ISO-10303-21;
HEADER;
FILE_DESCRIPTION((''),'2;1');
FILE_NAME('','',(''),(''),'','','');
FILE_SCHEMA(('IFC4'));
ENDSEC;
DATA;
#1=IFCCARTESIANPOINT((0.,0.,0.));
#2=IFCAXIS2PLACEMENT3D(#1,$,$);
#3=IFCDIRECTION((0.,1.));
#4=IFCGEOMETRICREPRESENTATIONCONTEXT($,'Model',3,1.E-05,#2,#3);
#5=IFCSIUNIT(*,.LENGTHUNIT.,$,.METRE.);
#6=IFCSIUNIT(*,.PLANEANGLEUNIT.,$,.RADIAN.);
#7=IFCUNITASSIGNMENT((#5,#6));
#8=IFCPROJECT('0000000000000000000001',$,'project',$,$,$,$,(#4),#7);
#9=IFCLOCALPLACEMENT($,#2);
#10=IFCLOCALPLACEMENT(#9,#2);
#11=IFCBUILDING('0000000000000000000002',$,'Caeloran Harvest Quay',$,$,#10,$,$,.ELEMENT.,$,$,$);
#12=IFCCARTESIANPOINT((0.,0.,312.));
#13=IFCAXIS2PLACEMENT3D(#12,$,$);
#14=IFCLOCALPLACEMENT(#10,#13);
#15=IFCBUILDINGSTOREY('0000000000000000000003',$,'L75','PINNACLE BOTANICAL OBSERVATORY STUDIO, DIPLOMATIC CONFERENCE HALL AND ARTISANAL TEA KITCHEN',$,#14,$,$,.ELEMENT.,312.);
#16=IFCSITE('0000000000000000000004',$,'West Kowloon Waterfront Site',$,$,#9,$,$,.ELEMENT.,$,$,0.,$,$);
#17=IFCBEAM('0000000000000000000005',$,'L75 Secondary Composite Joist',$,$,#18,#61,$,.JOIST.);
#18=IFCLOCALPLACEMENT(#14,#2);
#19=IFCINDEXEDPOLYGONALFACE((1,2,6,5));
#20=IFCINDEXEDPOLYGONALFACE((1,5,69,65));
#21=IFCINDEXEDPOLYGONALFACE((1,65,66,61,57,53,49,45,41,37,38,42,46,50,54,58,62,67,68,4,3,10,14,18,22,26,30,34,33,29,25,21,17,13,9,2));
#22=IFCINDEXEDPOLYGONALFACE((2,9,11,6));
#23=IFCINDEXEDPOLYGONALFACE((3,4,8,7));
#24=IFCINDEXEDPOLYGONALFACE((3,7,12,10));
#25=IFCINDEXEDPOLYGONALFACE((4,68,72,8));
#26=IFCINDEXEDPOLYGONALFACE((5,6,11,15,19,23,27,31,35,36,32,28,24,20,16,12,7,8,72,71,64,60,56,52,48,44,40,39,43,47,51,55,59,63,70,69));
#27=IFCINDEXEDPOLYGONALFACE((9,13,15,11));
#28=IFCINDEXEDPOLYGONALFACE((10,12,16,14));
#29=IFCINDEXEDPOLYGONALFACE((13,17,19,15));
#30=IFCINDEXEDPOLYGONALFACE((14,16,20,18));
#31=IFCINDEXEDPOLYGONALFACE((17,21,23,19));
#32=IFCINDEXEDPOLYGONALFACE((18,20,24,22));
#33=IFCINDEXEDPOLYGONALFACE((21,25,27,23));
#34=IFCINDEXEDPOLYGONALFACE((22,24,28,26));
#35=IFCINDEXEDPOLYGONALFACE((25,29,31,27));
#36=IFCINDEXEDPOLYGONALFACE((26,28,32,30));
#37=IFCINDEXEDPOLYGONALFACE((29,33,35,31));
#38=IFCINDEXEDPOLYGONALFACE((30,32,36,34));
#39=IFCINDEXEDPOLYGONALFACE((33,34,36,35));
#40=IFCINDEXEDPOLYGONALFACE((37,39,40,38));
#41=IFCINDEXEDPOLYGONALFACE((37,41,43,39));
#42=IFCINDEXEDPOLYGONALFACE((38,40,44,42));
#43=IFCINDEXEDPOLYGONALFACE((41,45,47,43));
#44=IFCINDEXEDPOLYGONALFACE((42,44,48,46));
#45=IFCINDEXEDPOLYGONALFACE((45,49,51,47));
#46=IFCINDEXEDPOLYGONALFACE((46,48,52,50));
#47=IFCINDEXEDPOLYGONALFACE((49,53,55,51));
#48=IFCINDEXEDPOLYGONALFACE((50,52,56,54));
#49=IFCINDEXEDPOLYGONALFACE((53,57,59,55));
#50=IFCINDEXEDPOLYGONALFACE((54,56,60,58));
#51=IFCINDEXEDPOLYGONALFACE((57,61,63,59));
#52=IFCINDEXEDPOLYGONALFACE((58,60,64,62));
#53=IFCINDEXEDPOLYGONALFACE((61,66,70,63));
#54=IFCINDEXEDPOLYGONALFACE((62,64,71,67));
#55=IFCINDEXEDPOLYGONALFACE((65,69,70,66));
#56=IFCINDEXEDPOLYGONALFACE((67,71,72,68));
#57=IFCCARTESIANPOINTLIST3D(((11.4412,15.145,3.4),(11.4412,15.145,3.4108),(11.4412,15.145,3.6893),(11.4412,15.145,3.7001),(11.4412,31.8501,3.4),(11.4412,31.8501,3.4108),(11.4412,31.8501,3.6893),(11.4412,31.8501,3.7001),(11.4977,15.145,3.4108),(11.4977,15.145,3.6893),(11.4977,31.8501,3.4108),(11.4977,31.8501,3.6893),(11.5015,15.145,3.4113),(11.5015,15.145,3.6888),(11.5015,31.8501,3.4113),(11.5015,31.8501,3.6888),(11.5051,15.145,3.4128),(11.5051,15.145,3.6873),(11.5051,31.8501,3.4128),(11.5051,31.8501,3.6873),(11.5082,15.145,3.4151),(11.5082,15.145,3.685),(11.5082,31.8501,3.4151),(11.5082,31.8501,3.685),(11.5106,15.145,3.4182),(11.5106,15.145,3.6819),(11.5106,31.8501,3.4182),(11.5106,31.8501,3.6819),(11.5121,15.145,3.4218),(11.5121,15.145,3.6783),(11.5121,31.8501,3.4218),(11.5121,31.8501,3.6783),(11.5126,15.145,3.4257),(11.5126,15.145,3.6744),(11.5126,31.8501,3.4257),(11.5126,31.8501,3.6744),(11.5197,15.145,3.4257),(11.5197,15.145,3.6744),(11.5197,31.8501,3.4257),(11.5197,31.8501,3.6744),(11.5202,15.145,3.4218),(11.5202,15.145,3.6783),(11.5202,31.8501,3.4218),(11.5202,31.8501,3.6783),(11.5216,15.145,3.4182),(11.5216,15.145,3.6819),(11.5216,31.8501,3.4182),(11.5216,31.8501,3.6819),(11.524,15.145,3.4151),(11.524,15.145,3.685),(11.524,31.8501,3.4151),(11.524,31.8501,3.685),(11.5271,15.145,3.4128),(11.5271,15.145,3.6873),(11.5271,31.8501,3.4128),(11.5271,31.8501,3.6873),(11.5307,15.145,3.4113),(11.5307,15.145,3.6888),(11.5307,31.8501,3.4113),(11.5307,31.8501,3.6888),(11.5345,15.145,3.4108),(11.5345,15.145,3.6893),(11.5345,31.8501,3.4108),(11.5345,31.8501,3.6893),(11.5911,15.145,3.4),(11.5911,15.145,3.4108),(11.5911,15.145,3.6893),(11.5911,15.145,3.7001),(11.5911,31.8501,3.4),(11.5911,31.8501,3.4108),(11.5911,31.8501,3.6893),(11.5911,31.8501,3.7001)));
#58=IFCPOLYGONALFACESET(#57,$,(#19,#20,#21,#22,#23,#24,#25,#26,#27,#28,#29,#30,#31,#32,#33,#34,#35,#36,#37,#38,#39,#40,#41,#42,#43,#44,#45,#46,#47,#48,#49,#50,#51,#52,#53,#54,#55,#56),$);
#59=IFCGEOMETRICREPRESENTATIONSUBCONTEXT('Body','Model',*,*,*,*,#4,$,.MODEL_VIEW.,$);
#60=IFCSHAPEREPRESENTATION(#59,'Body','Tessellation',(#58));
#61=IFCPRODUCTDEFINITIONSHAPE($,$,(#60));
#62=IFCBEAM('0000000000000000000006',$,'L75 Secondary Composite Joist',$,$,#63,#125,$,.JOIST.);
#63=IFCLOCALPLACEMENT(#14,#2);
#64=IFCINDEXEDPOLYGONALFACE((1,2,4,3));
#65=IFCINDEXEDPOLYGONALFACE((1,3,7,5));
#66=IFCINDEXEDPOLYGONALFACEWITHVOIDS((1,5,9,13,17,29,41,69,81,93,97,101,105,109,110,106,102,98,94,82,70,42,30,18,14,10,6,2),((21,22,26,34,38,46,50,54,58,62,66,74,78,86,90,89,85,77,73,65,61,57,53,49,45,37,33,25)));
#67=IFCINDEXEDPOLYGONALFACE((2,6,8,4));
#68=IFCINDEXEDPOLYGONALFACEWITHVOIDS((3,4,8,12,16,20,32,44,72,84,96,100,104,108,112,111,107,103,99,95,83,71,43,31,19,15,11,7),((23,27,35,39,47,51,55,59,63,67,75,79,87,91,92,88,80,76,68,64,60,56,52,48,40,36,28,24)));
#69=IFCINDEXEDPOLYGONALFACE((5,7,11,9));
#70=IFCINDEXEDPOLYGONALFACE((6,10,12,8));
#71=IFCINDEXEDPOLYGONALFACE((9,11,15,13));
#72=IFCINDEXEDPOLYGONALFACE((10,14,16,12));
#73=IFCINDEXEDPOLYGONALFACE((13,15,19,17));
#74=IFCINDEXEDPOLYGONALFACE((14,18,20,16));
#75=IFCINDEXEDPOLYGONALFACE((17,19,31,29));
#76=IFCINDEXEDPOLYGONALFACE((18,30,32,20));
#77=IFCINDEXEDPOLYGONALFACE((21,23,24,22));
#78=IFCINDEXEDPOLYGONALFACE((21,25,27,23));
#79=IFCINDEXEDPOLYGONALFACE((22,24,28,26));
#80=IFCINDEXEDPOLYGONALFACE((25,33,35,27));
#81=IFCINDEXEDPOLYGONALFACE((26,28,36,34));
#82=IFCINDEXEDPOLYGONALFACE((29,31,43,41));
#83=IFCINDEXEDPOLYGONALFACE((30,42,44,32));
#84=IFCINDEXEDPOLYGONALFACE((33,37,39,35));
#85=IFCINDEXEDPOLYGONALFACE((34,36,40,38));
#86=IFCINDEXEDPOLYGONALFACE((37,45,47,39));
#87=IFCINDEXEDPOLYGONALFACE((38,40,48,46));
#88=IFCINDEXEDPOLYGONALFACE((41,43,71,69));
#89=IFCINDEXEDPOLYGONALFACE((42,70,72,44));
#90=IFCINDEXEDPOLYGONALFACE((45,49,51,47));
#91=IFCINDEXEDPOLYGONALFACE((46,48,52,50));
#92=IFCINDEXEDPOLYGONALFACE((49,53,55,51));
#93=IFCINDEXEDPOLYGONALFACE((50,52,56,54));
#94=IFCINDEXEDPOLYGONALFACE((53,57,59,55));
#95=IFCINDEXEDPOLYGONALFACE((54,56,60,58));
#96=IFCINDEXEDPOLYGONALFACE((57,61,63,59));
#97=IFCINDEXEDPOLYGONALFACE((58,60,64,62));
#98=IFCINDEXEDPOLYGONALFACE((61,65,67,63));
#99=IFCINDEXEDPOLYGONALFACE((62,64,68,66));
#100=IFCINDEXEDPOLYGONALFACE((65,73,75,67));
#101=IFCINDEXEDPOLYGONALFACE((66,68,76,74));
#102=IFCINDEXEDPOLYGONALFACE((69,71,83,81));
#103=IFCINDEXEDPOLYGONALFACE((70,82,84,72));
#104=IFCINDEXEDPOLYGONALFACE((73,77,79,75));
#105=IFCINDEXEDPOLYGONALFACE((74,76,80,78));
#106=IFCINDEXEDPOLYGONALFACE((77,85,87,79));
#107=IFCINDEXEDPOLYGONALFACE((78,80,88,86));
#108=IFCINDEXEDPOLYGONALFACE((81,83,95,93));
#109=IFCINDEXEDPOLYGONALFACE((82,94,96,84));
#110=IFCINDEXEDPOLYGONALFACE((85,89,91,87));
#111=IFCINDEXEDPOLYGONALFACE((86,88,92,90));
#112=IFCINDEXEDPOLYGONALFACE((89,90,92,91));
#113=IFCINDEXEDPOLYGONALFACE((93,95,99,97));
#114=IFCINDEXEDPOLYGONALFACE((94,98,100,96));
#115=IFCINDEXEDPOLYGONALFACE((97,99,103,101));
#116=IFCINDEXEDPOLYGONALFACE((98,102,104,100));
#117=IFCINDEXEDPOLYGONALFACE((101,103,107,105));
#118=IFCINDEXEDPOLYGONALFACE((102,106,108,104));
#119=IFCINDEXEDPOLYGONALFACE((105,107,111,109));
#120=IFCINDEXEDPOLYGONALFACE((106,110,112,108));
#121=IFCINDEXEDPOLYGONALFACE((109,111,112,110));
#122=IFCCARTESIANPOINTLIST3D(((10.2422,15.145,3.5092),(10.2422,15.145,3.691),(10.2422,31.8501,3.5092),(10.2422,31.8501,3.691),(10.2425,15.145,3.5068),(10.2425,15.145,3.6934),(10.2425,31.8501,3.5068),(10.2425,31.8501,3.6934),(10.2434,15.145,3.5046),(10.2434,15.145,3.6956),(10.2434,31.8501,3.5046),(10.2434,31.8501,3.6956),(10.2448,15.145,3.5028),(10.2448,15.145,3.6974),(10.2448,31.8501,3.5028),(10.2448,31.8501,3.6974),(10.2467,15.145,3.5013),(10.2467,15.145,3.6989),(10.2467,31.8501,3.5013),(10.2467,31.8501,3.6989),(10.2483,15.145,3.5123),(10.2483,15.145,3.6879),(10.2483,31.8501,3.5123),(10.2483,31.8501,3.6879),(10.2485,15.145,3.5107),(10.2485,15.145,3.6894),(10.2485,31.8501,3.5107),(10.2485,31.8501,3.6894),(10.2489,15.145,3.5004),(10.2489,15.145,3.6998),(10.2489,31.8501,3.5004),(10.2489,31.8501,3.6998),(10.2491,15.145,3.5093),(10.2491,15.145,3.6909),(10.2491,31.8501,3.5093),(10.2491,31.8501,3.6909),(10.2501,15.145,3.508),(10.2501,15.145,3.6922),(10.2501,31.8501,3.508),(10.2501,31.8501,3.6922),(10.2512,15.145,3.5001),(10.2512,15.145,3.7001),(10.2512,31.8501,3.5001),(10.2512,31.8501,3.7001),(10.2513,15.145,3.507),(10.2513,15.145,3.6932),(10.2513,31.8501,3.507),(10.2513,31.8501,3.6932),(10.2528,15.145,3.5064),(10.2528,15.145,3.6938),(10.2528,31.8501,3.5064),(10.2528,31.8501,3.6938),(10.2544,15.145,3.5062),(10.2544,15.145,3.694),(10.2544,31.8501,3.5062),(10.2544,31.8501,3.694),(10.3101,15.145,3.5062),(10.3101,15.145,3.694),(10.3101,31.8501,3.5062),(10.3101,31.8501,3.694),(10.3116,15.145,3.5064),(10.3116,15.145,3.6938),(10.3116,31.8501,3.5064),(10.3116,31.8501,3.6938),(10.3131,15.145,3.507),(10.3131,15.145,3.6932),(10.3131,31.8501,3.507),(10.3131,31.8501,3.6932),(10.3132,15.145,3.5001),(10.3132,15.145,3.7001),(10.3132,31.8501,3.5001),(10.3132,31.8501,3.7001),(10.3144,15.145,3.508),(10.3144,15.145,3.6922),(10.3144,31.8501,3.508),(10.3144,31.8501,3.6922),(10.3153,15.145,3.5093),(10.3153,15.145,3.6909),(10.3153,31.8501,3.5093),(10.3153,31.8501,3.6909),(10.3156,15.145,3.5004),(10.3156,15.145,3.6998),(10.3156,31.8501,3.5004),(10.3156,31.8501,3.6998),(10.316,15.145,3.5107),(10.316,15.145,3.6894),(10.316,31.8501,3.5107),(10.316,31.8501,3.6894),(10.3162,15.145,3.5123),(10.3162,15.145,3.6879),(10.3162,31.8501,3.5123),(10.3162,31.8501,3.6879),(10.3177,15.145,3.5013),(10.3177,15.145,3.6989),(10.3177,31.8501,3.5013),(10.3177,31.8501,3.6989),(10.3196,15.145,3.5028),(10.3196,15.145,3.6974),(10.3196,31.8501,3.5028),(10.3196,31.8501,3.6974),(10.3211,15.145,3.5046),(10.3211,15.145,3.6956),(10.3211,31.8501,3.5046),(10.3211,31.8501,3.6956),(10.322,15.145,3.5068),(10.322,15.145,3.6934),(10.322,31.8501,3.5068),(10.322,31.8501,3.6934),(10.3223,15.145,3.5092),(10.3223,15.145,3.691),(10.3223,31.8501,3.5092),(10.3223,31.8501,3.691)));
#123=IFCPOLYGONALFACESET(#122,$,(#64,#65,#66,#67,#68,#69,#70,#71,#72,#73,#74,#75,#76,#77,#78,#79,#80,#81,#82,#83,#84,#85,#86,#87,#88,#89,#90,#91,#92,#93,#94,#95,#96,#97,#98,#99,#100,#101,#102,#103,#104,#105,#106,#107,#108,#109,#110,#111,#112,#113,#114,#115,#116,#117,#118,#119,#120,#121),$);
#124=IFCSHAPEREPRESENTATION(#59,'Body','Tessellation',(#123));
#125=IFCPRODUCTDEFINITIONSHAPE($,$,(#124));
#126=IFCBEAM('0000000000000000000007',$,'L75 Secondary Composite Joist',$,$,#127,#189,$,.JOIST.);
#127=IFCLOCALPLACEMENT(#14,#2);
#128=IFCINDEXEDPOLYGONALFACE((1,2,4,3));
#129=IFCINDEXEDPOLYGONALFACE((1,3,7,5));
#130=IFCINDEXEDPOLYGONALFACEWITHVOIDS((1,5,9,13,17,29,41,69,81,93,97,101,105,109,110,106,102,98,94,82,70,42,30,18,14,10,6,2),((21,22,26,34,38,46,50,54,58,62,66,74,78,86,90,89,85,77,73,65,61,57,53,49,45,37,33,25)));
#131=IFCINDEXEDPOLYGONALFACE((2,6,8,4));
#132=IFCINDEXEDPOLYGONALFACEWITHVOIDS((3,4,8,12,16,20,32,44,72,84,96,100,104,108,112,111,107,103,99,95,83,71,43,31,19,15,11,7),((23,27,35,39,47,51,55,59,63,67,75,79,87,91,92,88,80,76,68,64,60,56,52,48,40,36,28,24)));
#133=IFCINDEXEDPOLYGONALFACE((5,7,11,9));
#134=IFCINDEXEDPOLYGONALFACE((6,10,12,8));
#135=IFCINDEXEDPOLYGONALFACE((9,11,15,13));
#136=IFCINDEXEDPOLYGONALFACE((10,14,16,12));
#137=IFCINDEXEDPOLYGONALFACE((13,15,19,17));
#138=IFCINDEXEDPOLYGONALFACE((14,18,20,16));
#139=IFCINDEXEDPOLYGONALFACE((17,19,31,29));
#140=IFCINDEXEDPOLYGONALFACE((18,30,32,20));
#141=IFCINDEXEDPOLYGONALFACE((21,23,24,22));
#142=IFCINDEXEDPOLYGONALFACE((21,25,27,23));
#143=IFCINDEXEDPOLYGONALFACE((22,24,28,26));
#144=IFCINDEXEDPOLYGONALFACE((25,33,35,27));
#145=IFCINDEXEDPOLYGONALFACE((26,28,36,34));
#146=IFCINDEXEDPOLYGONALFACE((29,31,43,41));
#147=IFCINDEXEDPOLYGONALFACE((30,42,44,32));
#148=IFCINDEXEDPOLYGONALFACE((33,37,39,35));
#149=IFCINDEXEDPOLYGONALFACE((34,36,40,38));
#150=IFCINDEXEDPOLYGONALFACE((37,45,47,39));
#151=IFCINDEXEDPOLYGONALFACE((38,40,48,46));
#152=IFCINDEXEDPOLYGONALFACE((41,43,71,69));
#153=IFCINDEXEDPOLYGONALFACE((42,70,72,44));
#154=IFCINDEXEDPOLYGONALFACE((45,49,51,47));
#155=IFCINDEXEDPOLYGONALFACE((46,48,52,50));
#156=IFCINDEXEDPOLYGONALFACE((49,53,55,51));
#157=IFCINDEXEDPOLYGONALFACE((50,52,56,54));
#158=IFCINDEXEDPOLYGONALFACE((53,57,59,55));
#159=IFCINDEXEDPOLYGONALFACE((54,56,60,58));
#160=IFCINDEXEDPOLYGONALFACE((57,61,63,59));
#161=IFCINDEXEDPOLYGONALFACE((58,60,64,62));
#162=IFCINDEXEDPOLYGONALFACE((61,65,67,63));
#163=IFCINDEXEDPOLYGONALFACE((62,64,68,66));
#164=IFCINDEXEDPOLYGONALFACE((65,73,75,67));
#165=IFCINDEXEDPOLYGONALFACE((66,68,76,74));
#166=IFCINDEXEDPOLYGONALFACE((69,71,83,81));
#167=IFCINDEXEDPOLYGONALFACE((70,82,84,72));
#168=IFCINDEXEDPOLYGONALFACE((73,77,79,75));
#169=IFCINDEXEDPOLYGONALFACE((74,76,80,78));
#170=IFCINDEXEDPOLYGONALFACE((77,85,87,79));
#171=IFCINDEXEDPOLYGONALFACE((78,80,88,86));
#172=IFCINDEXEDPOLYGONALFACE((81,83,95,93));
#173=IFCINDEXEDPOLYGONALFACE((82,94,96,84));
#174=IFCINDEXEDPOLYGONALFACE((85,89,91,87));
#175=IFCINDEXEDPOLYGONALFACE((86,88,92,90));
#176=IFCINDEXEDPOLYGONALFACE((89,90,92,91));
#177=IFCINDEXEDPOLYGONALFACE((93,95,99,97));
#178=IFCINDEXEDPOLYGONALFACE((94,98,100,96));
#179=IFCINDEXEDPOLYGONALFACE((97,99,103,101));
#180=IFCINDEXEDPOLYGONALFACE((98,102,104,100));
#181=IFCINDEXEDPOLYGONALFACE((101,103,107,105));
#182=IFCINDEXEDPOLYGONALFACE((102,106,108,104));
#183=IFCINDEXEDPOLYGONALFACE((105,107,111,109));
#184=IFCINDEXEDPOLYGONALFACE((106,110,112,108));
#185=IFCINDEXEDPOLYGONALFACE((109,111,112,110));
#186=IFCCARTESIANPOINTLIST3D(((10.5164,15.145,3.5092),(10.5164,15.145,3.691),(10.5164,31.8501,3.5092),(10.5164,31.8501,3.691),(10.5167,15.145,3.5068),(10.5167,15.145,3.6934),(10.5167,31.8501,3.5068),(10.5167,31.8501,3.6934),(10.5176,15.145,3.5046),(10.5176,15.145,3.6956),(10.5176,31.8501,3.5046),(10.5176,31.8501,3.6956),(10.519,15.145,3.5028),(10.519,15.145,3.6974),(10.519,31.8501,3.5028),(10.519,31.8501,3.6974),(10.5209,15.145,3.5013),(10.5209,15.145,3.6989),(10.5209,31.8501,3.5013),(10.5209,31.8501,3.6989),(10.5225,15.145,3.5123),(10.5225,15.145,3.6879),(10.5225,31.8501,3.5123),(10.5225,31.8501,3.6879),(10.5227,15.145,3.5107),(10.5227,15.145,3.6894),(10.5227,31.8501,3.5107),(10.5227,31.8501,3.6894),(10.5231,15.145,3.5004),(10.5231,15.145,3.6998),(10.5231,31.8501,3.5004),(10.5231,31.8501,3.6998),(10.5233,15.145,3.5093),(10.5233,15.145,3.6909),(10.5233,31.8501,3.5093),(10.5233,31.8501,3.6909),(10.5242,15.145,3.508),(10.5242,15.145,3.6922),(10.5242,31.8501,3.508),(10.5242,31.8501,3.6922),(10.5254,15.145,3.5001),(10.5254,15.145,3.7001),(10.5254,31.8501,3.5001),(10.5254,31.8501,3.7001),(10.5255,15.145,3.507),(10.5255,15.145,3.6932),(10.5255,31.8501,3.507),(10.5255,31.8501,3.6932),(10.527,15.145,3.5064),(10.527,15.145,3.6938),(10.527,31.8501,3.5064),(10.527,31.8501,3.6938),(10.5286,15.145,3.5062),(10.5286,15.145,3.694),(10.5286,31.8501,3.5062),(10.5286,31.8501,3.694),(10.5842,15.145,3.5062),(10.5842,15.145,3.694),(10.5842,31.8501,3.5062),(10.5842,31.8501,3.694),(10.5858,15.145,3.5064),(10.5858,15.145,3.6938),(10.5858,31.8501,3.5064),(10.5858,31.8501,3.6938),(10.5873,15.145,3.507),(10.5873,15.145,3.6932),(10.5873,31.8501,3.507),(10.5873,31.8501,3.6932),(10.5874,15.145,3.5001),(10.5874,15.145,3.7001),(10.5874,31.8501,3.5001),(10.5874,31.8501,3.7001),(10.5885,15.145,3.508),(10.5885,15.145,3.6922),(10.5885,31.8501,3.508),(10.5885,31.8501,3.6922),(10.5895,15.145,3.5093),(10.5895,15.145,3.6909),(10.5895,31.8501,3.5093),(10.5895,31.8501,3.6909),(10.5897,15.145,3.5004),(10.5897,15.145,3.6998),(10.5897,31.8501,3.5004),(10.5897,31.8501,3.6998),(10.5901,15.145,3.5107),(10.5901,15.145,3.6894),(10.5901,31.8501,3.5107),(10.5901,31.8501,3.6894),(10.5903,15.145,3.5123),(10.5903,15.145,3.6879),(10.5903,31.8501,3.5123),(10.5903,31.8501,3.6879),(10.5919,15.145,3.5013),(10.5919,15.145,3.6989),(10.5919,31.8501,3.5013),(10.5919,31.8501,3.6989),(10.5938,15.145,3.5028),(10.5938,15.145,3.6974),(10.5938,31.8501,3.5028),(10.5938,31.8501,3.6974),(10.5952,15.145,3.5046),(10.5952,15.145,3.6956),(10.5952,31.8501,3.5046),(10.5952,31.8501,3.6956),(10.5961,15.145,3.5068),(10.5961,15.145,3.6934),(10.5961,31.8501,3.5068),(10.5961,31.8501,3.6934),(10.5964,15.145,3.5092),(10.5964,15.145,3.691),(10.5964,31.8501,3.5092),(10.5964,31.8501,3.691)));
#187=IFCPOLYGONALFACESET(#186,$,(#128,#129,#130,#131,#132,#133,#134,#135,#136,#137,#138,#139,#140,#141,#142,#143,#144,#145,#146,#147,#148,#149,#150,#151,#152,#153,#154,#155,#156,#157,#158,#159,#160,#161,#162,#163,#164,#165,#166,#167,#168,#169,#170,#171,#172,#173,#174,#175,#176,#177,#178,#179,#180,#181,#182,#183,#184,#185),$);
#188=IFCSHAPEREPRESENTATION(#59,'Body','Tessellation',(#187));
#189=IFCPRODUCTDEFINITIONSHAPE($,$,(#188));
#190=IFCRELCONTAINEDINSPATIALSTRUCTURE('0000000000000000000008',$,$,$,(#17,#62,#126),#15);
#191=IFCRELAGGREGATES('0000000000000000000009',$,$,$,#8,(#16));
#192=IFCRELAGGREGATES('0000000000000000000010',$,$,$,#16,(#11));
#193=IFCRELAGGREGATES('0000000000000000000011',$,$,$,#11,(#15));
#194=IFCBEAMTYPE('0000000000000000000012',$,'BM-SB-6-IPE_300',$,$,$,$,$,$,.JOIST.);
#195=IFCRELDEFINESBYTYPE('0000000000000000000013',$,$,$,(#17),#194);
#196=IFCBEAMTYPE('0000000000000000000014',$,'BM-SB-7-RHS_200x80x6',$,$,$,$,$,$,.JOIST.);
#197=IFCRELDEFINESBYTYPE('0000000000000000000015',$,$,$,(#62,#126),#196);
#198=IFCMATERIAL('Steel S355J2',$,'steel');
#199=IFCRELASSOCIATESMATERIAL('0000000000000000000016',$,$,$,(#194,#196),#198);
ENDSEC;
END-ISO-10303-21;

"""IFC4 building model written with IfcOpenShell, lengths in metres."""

from ifc_helpers import new_model, si_unit, direction, frame, origin, origin_2d, place, context, subcontext, project, spatial, hollow_rectangle, i_section, extrude, material, material_profile, profile_set, type_object, element, save


model = new_model("IFC4")

# Units and contexts
model_context = context("Model", 3, precision=1e-05, world=origin(), true_north=direction((0.0, 1.0)))
body_context = subcontext(model_context, "Body", "Model", "MODEL_VIEW")
ifc_project = project(units=[si_unit("LENGTHUNIT", "METRE"), si_unit("PLANEANGLEUNIT", "RADIAN")], contexts=[model_context])

# Site, building, storey
site_placement = place(None, origin())
site = spatial("IfcSite", under=ifc_project, at=site_placement, Name="West Kowloon Waterfront Site", CompositionType="ELEMENT", RefElevation=0.0)
building_placement = place(site_placement, origin())
building = spatial("IfcBuilding", under=site, at=building_placement, Name="Caeloran Harvest Quay", CompositionType="ELEMENT")
storey_placement = place(building_placement, frame((0.0, 0.0, 312.0)))
storey = spatial("IfcBuildingStorey", under=building, at=storey_placement, Name="L75", Description="PINNACLE BOTANICAL OBSERVATORY STUDIO, DIPLOMATIC CONFERENCE HALL AND ARTISANAL TEA KITCHEN", CompositionType="ELEMENT", Elevation=312.0)

# Beams
ifc_material_1 = material(Name="Steel S355J2", Category="steel")
ifc_material_profile_1 = material_profile(ifc_material_1, i_section(OverallWidth=0.1499, OverallDepth=0.3, WebThickness=0.0071, FlangeThickness=0.0107, FilletRadius=0.0149, at=origin_2d()), Name="IPE 300")
ifc_profile_set_1 = profile_set([ifc_material_profile_1], Name="Steel S355J2")
beam_type_1 = type_object("IfcBeamType", Name="BM-SB-6-IPE_300", PredefinedType="JOIST", material=ifc_profile_set_1)
for number, where, z_axis, x_axis, name in (
    (1, (11.5161, 15.145, 3.55), (0.0, 1.0, 0.0), (-1.0, 0.0, 0.0), "L75 Secondary Composite Joist"),
):
    element("IfcBeam", number, at=place(storey_placement, frame(where, z_axis=z_axis, x_axis=x_axis)), inside=storey, type_object=beam_type_1, Name=name, PredefinedType="JOIST", context=body_context, shape_type="SweptSolid", body=[
        extrude(i_section(OverallWidth=0.1499, OverallDepth=0.3, WebThickness=0.0071, FlangeThickness=0.0107, FilletRadius=0.0149, at=origin_2d()), origin(), (0.0, 0.0, 1.0), 16.7051),
    ])
ifc_material_profile_2 = material_profile(ifc_material_1, hollow_rectangle(XDim=0.0801, YDim=0.2, WallThickness=0.0061, InnerFilletRadius=0.0061, OuterFilletRadius=0.009, at=origin_2d()), Name="RHS 200x80x6")
ifc_profile_set_2 = profile_set([ifc_material_profile_2], Name="Steel S355J2")
beam_type_2 = type_object("IfcBeamType", Name="BM-SB-7-RHS_200x80x6", PredefinedType="JOIST", material=ifc_profile_set_2)
for number, where, z_axis, x_axis, name in (
    (2, (10.2822, 15.145, 3.6001), (0.0, 1.0, 0.0), (-1.0, 0.0, 0.0), "L75 Secondary Composite Joist"),
    (3, (10.5564, 15.145, 3.6001), (0.0, 1.0, 0.0), (-1.0, 0.0, 0.0), "L75 Secondary Composite Joist"),
):
    element("IfcBeam", number, at=place(storey_placement, frame(where, z_axis=z_axis, x_axis=x_axis)), inside=storey, type_object=beam_type_2, Name=name, PredefinedType="JOIST", context=body_context, shape_type="SweptSolid", body=[
        extrude(hollow_rectangle(XDim=0.0801, YDim=0.2, WallThickness=0.0061, InnerFilletRadius=0.0061, OuterFilletRadius=0.009, at=origin_2d()), origin(), (0.0, 0.0, 1.0), 16.7051),
    ])

save(model, "model.ifc")
